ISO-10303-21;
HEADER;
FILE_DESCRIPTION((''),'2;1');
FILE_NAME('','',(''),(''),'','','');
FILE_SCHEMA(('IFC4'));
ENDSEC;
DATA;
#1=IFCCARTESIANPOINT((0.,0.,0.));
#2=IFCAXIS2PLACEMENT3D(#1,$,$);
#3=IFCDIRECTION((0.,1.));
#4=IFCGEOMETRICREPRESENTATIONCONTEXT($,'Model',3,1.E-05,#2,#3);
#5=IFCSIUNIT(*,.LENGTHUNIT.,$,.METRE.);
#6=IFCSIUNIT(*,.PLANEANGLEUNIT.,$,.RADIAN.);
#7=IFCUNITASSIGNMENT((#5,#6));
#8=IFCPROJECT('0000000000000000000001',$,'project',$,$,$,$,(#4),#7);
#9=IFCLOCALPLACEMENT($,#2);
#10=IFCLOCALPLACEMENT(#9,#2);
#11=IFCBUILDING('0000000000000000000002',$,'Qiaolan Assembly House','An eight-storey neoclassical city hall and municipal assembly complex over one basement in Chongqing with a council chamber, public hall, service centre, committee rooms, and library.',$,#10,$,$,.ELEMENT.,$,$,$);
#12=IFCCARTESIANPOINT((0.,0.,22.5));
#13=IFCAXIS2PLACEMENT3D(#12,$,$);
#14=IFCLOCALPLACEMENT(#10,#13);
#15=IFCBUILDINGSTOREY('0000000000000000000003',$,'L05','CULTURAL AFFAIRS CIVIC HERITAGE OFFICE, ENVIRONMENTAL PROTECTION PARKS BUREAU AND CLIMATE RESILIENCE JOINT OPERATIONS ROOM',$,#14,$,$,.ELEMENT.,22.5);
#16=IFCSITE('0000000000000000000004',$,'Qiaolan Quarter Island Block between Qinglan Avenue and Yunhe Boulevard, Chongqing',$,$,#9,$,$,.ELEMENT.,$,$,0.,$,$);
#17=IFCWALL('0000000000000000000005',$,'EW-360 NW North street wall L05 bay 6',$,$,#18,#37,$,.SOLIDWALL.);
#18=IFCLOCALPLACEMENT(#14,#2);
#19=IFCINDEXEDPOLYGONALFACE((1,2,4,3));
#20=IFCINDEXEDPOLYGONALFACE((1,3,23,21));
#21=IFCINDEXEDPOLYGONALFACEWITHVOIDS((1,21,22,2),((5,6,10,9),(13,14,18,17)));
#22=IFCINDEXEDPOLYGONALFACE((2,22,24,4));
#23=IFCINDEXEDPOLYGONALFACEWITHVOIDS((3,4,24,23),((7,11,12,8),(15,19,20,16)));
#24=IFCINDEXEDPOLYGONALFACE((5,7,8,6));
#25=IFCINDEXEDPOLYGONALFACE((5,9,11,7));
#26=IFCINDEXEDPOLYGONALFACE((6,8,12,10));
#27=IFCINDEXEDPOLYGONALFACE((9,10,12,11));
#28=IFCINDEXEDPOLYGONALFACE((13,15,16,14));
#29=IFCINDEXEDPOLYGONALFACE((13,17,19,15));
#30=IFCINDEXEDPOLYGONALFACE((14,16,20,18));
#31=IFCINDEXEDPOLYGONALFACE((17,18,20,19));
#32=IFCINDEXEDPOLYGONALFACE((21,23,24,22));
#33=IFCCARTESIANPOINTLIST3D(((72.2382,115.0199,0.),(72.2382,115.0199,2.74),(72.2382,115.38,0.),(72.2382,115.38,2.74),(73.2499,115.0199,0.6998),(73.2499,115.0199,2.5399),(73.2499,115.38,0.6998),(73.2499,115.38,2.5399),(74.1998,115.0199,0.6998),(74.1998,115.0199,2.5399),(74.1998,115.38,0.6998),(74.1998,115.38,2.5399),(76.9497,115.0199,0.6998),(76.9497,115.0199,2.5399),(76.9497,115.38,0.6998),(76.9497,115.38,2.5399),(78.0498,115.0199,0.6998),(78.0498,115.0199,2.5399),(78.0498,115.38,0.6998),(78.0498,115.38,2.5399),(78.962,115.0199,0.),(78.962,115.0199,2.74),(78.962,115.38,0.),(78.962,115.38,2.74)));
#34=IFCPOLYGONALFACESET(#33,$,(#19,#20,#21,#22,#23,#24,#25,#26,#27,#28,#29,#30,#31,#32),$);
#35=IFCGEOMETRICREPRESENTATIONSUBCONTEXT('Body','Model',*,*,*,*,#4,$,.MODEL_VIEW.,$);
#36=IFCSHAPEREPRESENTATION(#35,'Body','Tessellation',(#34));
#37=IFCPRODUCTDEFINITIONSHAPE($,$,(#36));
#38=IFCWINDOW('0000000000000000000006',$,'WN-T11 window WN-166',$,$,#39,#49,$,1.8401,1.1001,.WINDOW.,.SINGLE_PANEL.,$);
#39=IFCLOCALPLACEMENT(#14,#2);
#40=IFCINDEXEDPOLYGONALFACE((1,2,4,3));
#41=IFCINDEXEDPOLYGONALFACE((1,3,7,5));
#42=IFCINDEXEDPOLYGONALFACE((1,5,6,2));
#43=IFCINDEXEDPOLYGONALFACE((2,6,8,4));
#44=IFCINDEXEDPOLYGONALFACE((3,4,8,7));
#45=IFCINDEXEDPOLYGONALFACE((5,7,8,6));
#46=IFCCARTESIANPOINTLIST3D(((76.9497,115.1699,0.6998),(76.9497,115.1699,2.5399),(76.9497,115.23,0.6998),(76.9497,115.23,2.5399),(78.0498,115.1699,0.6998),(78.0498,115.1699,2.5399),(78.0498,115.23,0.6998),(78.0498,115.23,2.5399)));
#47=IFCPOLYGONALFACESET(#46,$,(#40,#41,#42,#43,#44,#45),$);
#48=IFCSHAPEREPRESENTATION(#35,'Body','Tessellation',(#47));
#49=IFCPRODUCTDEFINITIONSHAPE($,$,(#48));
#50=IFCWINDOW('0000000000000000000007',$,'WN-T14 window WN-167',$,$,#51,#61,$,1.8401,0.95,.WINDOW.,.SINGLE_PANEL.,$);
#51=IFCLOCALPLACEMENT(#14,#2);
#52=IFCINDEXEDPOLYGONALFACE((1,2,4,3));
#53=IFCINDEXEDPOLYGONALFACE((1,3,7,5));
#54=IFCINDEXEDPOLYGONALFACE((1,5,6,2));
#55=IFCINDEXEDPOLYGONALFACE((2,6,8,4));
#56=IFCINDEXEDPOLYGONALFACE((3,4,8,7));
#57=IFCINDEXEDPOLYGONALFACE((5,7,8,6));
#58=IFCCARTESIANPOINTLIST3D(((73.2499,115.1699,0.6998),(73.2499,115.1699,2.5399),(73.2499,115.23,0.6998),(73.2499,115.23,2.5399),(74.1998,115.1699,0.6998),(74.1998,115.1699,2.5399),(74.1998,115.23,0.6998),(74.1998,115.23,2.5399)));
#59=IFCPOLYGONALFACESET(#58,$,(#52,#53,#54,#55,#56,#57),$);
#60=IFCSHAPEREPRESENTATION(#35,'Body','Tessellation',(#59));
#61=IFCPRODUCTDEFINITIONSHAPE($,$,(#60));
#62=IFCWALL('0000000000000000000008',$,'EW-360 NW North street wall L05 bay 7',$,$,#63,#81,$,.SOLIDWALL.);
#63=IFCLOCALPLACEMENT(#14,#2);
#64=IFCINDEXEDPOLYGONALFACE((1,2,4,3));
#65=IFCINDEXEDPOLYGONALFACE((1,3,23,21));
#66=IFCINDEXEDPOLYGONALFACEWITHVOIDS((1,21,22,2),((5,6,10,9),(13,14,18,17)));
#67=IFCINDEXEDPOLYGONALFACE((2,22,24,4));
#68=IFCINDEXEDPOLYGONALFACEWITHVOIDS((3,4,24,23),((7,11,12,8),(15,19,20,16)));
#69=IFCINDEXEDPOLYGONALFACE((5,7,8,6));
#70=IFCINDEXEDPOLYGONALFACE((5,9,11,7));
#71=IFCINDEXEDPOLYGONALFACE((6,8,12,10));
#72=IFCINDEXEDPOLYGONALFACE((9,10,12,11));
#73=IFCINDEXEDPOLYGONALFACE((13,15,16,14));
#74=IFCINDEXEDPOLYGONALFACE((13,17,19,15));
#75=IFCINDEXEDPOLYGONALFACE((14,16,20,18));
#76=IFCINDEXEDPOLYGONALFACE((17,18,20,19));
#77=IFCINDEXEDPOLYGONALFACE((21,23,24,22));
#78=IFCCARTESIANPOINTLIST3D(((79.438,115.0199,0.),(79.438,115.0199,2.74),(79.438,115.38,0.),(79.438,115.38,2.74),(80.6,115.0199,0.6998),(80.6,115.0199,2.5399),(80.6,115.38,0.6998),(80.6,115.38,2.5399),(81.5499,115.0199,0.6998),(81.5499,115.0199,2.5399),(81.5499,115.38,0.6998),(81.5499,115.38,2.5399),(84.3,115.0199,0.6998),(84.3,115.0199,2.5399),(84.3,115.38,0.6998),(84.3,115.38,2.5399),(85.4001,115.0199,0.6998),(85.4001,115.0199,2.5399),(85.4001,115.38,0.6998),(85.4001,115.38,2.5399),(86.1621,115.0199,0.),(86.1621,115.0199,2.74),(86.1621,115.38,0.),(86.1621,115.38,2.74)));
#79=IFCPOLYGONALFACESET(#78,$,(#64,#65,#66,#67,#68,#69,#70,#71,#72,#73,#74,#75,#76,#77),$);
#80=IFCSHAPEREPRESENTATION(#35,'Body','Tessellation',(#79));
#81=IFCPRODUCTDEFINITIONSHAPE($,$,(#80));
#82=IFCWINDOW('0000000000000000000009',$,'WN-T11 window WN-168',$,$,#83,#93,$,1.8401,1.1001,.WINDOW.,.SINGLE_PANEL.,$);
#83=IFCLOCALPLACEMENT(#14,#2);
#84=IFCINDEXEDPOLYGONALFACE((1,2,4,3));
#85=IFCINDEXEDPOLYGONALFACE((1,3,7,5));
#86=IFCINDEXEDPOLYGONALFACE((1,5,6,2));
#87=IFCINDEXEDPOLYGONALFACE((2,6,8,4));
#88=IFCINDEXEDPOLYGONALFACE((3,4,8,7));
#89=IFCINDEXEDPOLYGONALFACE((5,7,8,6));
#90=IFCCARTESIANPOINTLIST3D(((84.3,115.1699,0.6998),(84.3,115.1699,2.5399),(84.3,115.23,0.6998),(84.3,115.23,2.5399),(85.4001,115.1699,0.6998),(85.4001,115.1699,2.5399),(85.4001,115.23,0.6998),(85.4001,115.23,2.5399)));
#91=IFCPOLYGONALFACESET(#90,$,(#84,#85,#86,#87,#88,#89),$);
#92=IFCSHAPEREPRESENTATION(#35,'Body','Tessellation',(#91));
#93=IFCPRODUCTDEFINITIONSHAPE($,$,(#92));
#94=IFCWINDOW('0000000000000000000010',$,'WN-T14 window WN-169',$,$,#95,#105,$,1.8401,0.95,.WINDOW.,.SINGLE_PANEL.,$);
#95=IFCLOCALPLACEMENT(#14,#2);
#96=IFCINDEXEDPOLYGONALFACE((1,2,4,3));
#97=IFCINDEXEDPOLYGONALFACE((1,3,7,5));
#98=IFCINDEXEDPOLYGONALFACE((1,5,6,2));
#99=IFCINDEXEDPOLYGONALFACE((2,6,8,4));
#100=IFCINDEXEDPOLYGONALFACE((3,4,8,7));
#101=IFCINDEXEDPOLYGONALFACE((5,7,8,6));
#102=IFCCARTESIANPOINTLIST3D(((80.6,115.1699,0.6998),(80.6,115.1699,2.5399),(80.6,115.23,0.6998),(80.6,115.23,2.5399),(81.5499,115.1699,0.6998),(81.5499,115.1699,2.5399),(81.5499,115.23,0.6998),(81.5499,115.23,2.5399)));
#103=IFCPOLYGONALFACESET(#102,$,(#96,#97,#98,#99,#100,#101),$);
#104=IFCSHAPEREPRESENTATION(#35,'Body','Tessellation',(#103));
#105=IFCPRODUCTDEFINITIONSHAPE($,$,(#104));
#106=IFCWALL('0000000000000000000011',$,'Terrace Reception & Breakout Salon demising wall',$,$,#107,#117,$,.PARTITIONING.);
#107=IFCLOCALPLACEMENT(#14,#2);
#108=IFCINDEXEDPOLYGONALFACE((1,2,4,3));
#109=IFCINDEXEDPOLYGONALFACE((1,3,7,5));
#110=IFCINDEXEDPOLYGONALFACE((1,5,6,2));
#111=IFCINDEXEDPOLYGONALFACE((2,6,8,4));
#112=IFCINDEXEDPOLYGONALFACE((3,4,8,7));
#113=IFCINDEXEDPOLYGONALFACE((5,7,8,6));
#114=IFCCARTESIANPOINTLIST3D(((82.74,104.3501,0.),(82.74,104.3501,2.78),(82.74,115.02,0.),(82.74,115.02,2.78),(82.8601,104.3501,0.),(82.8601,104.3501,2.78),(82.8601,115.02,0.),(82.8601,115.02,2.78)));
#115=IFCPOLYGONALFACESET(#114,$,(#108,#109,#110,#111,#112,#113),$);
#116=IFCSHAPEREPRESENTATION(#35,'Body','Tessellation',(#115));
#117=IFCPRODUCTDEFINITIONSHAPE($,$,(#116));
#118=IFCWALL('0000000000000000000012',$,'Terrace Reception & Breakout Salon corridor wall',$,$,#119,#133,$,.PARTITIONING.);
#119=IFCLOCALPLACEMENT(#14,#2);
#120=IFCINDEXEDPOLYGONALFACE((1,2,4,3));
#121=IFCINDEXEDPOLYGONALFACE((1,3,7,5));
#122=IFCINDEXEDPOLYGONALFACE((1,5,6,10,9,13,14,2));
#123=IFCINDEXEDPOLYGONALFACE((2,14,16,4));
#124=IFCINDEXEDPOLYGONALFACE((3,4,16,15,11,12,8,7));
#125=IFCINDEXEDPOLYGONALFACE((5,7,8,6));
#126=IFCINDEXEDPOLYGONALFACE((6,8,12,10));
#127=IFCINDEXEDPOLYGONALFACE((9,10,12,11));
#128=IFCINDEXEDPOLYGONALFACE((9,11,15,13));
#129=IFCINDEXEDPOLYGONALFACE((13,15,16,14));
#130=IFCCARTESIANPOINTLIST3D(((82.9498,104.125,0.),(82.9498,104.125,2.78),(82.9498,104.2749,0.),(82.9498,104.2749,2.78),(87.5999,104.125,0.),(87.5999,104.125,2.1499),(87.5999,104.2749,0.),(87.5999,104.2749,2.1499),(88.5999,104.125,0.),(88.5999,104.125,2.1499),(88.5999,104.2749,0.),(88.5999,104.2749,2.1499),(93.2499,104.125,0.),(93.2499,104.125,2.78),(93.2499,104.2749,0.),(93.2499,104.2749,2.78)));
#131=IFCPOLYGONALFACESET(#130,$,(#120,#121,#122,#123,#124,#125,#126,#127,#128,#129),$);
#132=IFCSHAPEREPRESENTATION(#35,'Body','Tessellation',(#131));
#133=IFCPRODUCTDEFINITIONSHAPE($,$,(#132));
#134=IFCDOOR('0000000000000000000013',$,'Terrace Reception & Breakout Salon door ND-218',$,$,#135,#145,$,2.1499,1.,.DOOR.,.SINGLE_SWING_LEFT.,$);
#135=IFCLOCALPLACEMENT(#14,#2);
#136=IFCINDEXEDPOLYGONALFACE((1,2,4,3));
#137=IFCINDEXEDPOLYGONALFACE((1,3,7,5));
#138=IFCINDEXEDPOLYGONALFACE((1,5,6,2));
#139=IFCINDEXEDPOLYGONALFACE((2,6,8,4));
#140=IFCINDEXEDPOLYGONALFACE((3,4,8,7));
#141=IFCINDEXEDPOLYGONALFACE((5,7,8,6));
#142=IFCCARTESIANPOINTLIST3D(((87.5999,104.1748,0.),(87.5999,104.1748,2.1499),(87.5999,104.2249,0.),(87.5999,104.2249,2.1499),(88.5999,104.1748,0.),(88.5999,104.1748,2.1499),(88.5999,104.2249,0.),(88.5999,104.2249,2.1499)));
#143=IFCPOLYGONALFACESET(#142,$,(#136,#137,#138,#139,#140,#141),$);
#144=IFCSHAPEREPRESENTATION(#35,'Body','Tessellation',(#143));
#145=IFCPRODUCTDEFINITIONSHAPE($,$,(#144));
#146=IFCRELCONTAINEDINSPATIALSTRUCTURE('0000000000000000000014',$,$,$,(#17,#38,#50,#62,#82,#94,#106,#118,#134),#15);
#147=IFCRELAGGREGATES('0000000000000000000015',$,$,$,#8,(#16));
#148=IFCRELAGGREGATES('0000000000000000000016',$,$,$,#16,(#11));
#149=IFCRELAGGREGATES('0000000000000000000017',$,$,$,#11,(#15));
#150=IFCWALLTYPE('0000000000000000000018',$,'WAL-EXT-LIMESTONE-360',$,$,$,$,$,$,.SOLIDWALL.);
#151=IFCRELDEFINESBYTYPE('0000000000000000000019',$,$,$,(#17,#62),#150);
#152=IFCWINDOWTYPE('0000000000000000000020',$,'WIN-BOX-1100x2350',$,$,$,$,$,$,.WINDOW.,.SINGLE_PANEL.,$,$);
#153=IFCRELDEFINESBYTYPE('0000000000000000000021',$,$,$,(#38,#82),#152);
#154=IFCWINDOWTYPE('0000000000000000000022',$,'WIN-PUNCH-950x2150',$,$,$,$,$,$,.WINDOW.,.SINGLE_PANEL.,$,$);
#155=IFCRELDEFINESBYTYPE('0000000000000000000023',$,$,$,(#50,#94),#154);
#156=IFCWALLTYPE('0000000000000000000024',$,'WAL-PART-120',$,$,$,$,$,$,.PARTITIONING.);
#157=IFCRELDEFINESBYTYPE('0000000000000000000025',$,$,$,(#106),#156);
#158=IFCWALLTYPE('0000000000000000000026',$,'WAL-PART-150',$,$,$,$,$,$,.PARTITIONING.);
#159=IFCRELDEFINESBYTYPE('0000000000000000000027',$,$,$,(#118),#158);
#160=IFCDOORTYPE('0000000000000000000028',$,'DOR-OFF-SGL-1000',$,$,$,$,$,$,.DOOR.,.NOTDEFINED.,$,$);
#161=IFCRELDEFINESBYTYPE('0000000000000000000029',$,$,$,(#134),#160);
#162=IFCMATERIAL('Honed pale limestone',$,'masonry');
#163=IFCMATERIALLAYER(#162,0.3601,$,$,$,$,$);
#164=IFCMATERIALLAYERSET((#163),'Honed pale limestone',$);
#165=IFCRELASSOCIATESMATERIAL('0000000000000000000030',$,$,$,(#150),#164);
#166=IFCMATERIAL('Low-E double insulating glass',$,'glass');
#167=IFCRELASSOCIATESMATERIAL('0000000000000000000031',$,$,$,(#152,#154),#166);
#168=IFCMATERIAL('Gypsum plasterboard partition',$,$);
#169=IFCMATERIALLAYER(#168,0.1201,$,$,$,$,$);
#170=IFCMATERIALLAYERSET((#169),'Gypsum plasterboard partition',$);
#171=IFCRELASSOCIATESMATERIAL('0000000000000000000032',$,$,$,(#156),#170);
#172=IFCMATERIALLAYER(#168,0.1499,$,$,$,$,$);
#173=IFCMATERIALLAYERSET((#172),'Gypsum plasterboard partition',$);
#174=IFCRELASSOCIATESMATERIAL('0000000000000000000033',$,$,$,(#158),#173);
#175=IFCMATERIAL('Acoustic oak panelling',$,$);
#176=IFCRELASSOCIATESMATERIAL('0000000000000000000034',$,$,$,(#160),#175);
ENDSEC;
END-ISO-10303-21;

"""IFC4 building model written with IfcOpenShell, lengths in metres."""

from ifc_helpers import new_model, si_unit, direction, frame, frame_2d, origin, place, context, subcontext, project, spatial, rectangle, extrude, material, layer, layer_set, type_object, element, fill, save


model = new_model("IFC4")

# Units and contexts
model_context = context("Model", 3, precision=1e-05, world=origin(), true_north=direction((0.0, 1.0)))
body_context = subcontext(model_context, "Body", "Model", "MODEL_VIEW")
ifc_project = project(units=[si_unit("LENGTHUNIT", "METRE"), si_unit("PLANEANGLEUNIT", "RADIAN")], contexts=[model_context])

# Site, building, storey
site_placement = place(None, origin())
site = spatial("IfcSite", under=ifc_project, at=site_placement, Name="Qiaolan Quarter Island Block between Qinglan Avenue and Yunhe Boulevard, Chongqing", CompositionType="ELEMENT", RefElevation=0.0)
building_placement = place(site_placement, origin())
building = spatial("IfcBuilding", under=site, at=building_placement, Name="Qiaolan Assembly House", Description="An eight-storey neoclassical city hall and municipal assembly complex over one basement in Chongqing with a council chamber, public hall, service centre, committee rooms, and library.", CompositionType="ELEMENT")
storey_placement = place(building_placement, frame((0.0, 0.0, 22.5)))
storey = spatial("IfcBuildingStorey", under=building, at=storey_placement, Name="L05", Description="CULTURAL AFFAIRS CIVIC HERITAGE OFFICE, ENVIRONMENTAL PROTECTION PARKS BUREAU AND CLIMATE RESILIENCE JOINT OPERATIONS ROOM", CompositionType="ELEMENT", Elevation=22.5)

# Shared definitions
ifc_material_1 = material(Name="Honed pale limestone", Category="masonry")

# Walls, openings, windows
ifc_layer_1 = layer(ifc_material_1, 0.3601)
ifc_layer_set_1 = layer_set([ifc_layer_1], Name="Honed pale limestone")
wall_type_1 = type_object("IfcWallType", Name="WAL-EXT-LIMESTONE-360", PredefinedType="SOLIDWALL", material=ifc_layer_set_1)
wall_1_placement = place(storey_placement, frame((78.9619, 115.2, 0.0), z_axis=(0.0, 0.0, 1.0), x_axis=(-1.0, 0.0, 0.0)))
wall_1 = element("IfcWall", 1, at=wall_1_placement, inside=storey, type_object=wall_type_1, Name="EW-360 NW North street wall L05 bay 6", PredefinedType="SOLIDWALL", context=body_context, shape_type="SweptSolid", body=[
    extrude(rectangle(XDim=6.7239, YDim=0.3601, at=frame_2d((3.3618, 0.0))), origin(), (0.0, 0.0, 1.0), 2.74),
])
opening_1_placement = place(wall_1_placement, frame((0.9121, 0.0, 0.7)))
opening_1 = element("IfcOpeningElement", 2, at=opening_1_placement, cuts=wall_1, PredefinedType="OPENING", context=body_context, shape_type="SweptSolid", body=[
    extrude(rectangle(XDim=1.1001, YDim=1.8401, at=frame_2d((0.55, 0.9199))), frame((0.0, 0.1899, 0.0), z_axis=(0.0, -1.0, 0.0), x_axis=(1.0, 0.0, 0.0)), (0.0, 0.0, 1.0), 0.3801),
])
opening_2_placement = place(wall_1_placement, frame((4.762, 0.0, 0.7)))
opening_2 = element("IfcOpeningElement", 3, at=opening_2_placement, cuts=wall_1, PredefinedType="OPENING", context=body_context, shape_type="SweptSolid", body=[
    extrude(rectangle(XDim=0.95, YDim=1.8401, at=frame_2d((0.4751, 0.9199))), frame((0.0, 0.1899, 0.0), z_axis=(0.0, -1.0, 0.0), x_axis=(1.0, 0.0, 0.0)), (0.0, 0.0, 1.0), 0.3801),
])
ifc_material_2 = material(Name="Low-E double insulating glass", Category="glass")
window_type_1 = type_object("IfcWindowType", Name="WIN-BOX-1100x2350", PartitioningType="SINGLE_PANEL", PredefinedType="WINDOW", material=ifc_material_2)
window_1_placement = place(opening_1_placement, origin())
window_1 = element("IfcWindow", 4, at=window_1_placement, inside=storey, type_object=window_type_1, Name="WN-T11 window WN-166", OverallHeight=1.8401, OverallWidth=1.1001, PartitioningType="SINGLE_PANEL", PredefinedType="WINDOW", context=body_context, shape_type="SweptSolid", body=[
    extrude(rectangle(XDim=1.1001, YDim=1.8401, at=frame_2d((0.55, 0.9199))), frame((0.0, 0.03, 0.0), z_axis=(0.0, -1.0, 0.0), x_axis=(1.0, 0.0, 0.0)), (0.0, 0.0, 1.0), 0.0601),
])
fill(opening_1, window_1)
window_type_2 = type_object("IfcWindowType", Name="WIN-PUNCH-950x2150", PartitioningType="SINGLE_PANEL", PredefinedType="WINDOW", material=ifc_material_2)
window_2_placement = place(opening_2_placement, origin())
window_2 = element("IfcWindow", 5, at=window_2_placement, inside=storey, type_object=window_type_2, Name="WN-T14 window WN-167", OverallHeight=1.8401, OverallWidth=0.95, PartitioningType="SINGLE_PANEL", PredefinedType="WINDOW", context=body_context, shape_type="SweptSolid", body=[
    extrude(rectangle(XDim=0.95, YDim=1.8401, at=frame_2d((0.4751, 0.9199))), frame((0.0, 0.03, 0.0), z_axis=(0.0, -1.0, 0.0), x_axis=(1.0, 0.0, 0.0)), (0.0, 0.0, 1.0), 0.0601),
])
fill(opening_2, window_2)
wall_2_placement = place(storey_placement, frame((86.1621, 115.2, 0.0), z_axis=(0.0, 0.0, 1.0), x_axis=(-1.0, 0.0, 0.0)))
wall_2 = element("IfcWall", 6, at=wall_2_placement, inside=storey, type_object=wall_type_1, Name="EW-360 NW North street wall L05 bay 7", PredefinedType="SOLIDWALL", context=body_context, shape_type="SweptSolid", body=[
    extrude(rectangle(XDim=6.7241, YDim=0.3601, at=frame_2d((3.3621, 0.0))), origin(), (0.0, 0.0, 1.0), 2.74),
])
opening_3_placement = place(wall_2_placement, frame((0.762, 0.0, 0.7)))
opening_3 = element("IfcOpeningElement", 7, at=opening_3_placement, cuts=wall_2, PredefinedType="OPENING", context=body_context, shape_type="SweptSolid", body=[
    extrude(rectangle(XDim=1.1001, YDim=1.8401, at=frame_2d((0.55, 0.9199))), frame((0.0, 0.1899, 0.0), z_axis=(0.0, -1.0, 0.0), x_axis=(1.0, 0.0, 0.0)), (0.0, 0.0, 1.0), 0.3801),
])
opening_4_placement = place(wall_2_placement, frame((4.6121, 0.0, 0.7)))
opening_4 = element("IfcOpeningElement", 8, at=opening_4_placement, cuts=wall_2, PredefinedType="OPENING", context=body_context, shape_type="SweptSolid", body=[
    extrude(rectangle(XDim=0.95, YDim=1.8401, at=frame_2d((0.4751, 0.9199))), frame((0.0, 0.1899, 0.0), z_axis=(0.0, -1.0, 0.0), x_axis=(1.0, 0.0, 0.0)), (0.0, 0.0, 1.0), 0.3801),
])
window_3_placement = place(opening_3_placement, origin())
window_3 = element("IfcWindow", 9, at=window_3_placement, inside=storey, type_object=window_type_1, Name="WN-T11 window WN-168", OverallHeight=1.8401, OverallWidth=1.1001, PartitioningType="SINGLE_PANEL", PredefinedType="WINDOW", context=body_context, shape_type="SweptSolid", body=[
    extrude(rectangle(XDim=1.1001, YDim=1.8401, at=frame_2d((0.55, 0.9199))), frame((0.0, 0.03, 0.0), z_axis=(0.0, -1.0, 0.0), x_axis=(1.0, 0.0, 0.0)), (0.0, 0.0, 1.0), 0.0601),
])
fill(opening_3, window_3)
window_4_placement = place(opening_4_placement, origin())
window_4 = element("IfcWindow", 10, at=window_4_placement, inside=storey, type_object=window_type_2, Name="WN-T14 window WN-169", OverallHeight=1.8401, OverallWidth=0.95, PartitioningType="SINGLE_PANEL", PredefinedType="WINDOW", context=body_context, shape_type="SweptSolid", body=[
    extrude(rectangle(XDim=0.95, YDim=1.8401, at=frame_2d((0.4751, 0.9199))), frame((0.0, 0.03, 0.0), z_axis=(0.0, -1.0, 0.0), x_axis=(1.0, 0.0, 0.0)), (0.0, 0.0, 1.0), 0.0601),
])
fill(opening_4, window_4)

# Wall
ifc_material_3 = material(Name="Gypsum plasterboard partition")
ifc_layer_2 = layer(ifc_material_3, 0.1201)
ifc_layer_set_2 = layer_set([ifc_layer_2], Name="Gypsum plasterboard partition")
wall_type_2 = type_object("IfcWallType", Name="WAL-PART-120", PredefinedType="PARTITIONING", material=ifc_layer_set_2)
wall_3_placement = place(storey_placement, frame((82.8, 104.3501, 0.0), z_axis=(0.0, 0.0, 1.0), x_axis=(0.0, 1.0, 0.0)))
element("IfcWall", 11, at=wall_3_placement, inside=storey, type_object=wall_type_2, Name="Terrace Reception & Breakout Salon demising wall", PredefinedType="PARTITIONING", context=body_context, shape_type="SweptSolid", body=[
    extrude(rectangle(XDim=10.6699, YDim=0.1201, at=frame_2d((5.335, 0.0))), origin(), (0.0, 0.0, 1.0), 2.78),
])

# Wall, opening, door
ifc_layer_3 = layer(ifc_material_3, 0.1499)
ifc_layer_set_3 = layer_set([ifc_layer_3], Name="Gypsum plasterboard partition")
wall_type_3 = type_object("IfcWallType", Name="WAL-PART-150", PredefinedType="PARTITIONING", material=ifc_layer_set_3)
wall_4_placement = place(storey_placement, frame((82.95, 104.2, 0.0), z_axis=(0.0, 0.0, 1.0), x_axis=(1.0, 0.0, 0.0)))
wall_4 = element("IfcWall", 12, at=wall_4_placement, inside=storey, type_object=wall_type_3, Name="Terrace Reception & Breakout Salon corridor wall", PredefinedType="PARTITIONING", context=body_context, shape_type="SweptSolid", body=[
    extrude(rectangle(XDim=10.3, YDim=0.1499, at=frame_2d((5.1499, 0.0))), origin(), (0.0, 0.0, 1.0), 2.78),
])
opening_5_placement = place(wall_4_placement, frame((4.6499, 0.0, 0.0)))
opening_5 = element("IfcOpeningElement", 13, at=opening_5_placement, cuts=wall_4, PredefinedType="OPENING", context=body_context, shape_type="SweptSolid", body=[
    extrude(rectangle(XDim=1.0, YDim=2.1499, at=frame_2d((0.5, 1.075))), frame((0.0, 0.085, 0.0), z_axis=(0.0, -1.0, 0.0), x_axis=(1.0, 0.0, 0.0)), (0.0, 0.0, 1.0), 0.1699),
])
ifc_material_4 = material(Name="Acoustic oak panelling")
door_type = type_object("IfcDoorType", Name="DOR-OFF-SGL-1000", OperationType="NOTDEFINED", PredefinedType="DOOR", material=ifc_material_4)
door_placement = place(opening_5_placement, origin())
door = element("IfcDoor", 14, at=door_placement, inside=storey, type_object=door_type, Name="Terrace Reception & Breakout Salon door ND-218", OperationType="SINGLE_SWING_LEFT", OverallHeight=2.1499, OverallWidth=1.0, PredefinedType="DOOR", context=body_context, shape_type="SweptSolid", body=[
    extrude(rectangle(XDim=1.0, YDim=2.1499, at=frame_2d((0.5, 1.075))), frame((0.0, 0.0249, 0.0), z_axis=(0.0, -1.0, 0.0), x_axis=(1.0, 0.0, 0.0)), (0.0, 0.0, 1.0), 0.05),
])
fill(opening_5, door)

save(model, "model.ifc")
